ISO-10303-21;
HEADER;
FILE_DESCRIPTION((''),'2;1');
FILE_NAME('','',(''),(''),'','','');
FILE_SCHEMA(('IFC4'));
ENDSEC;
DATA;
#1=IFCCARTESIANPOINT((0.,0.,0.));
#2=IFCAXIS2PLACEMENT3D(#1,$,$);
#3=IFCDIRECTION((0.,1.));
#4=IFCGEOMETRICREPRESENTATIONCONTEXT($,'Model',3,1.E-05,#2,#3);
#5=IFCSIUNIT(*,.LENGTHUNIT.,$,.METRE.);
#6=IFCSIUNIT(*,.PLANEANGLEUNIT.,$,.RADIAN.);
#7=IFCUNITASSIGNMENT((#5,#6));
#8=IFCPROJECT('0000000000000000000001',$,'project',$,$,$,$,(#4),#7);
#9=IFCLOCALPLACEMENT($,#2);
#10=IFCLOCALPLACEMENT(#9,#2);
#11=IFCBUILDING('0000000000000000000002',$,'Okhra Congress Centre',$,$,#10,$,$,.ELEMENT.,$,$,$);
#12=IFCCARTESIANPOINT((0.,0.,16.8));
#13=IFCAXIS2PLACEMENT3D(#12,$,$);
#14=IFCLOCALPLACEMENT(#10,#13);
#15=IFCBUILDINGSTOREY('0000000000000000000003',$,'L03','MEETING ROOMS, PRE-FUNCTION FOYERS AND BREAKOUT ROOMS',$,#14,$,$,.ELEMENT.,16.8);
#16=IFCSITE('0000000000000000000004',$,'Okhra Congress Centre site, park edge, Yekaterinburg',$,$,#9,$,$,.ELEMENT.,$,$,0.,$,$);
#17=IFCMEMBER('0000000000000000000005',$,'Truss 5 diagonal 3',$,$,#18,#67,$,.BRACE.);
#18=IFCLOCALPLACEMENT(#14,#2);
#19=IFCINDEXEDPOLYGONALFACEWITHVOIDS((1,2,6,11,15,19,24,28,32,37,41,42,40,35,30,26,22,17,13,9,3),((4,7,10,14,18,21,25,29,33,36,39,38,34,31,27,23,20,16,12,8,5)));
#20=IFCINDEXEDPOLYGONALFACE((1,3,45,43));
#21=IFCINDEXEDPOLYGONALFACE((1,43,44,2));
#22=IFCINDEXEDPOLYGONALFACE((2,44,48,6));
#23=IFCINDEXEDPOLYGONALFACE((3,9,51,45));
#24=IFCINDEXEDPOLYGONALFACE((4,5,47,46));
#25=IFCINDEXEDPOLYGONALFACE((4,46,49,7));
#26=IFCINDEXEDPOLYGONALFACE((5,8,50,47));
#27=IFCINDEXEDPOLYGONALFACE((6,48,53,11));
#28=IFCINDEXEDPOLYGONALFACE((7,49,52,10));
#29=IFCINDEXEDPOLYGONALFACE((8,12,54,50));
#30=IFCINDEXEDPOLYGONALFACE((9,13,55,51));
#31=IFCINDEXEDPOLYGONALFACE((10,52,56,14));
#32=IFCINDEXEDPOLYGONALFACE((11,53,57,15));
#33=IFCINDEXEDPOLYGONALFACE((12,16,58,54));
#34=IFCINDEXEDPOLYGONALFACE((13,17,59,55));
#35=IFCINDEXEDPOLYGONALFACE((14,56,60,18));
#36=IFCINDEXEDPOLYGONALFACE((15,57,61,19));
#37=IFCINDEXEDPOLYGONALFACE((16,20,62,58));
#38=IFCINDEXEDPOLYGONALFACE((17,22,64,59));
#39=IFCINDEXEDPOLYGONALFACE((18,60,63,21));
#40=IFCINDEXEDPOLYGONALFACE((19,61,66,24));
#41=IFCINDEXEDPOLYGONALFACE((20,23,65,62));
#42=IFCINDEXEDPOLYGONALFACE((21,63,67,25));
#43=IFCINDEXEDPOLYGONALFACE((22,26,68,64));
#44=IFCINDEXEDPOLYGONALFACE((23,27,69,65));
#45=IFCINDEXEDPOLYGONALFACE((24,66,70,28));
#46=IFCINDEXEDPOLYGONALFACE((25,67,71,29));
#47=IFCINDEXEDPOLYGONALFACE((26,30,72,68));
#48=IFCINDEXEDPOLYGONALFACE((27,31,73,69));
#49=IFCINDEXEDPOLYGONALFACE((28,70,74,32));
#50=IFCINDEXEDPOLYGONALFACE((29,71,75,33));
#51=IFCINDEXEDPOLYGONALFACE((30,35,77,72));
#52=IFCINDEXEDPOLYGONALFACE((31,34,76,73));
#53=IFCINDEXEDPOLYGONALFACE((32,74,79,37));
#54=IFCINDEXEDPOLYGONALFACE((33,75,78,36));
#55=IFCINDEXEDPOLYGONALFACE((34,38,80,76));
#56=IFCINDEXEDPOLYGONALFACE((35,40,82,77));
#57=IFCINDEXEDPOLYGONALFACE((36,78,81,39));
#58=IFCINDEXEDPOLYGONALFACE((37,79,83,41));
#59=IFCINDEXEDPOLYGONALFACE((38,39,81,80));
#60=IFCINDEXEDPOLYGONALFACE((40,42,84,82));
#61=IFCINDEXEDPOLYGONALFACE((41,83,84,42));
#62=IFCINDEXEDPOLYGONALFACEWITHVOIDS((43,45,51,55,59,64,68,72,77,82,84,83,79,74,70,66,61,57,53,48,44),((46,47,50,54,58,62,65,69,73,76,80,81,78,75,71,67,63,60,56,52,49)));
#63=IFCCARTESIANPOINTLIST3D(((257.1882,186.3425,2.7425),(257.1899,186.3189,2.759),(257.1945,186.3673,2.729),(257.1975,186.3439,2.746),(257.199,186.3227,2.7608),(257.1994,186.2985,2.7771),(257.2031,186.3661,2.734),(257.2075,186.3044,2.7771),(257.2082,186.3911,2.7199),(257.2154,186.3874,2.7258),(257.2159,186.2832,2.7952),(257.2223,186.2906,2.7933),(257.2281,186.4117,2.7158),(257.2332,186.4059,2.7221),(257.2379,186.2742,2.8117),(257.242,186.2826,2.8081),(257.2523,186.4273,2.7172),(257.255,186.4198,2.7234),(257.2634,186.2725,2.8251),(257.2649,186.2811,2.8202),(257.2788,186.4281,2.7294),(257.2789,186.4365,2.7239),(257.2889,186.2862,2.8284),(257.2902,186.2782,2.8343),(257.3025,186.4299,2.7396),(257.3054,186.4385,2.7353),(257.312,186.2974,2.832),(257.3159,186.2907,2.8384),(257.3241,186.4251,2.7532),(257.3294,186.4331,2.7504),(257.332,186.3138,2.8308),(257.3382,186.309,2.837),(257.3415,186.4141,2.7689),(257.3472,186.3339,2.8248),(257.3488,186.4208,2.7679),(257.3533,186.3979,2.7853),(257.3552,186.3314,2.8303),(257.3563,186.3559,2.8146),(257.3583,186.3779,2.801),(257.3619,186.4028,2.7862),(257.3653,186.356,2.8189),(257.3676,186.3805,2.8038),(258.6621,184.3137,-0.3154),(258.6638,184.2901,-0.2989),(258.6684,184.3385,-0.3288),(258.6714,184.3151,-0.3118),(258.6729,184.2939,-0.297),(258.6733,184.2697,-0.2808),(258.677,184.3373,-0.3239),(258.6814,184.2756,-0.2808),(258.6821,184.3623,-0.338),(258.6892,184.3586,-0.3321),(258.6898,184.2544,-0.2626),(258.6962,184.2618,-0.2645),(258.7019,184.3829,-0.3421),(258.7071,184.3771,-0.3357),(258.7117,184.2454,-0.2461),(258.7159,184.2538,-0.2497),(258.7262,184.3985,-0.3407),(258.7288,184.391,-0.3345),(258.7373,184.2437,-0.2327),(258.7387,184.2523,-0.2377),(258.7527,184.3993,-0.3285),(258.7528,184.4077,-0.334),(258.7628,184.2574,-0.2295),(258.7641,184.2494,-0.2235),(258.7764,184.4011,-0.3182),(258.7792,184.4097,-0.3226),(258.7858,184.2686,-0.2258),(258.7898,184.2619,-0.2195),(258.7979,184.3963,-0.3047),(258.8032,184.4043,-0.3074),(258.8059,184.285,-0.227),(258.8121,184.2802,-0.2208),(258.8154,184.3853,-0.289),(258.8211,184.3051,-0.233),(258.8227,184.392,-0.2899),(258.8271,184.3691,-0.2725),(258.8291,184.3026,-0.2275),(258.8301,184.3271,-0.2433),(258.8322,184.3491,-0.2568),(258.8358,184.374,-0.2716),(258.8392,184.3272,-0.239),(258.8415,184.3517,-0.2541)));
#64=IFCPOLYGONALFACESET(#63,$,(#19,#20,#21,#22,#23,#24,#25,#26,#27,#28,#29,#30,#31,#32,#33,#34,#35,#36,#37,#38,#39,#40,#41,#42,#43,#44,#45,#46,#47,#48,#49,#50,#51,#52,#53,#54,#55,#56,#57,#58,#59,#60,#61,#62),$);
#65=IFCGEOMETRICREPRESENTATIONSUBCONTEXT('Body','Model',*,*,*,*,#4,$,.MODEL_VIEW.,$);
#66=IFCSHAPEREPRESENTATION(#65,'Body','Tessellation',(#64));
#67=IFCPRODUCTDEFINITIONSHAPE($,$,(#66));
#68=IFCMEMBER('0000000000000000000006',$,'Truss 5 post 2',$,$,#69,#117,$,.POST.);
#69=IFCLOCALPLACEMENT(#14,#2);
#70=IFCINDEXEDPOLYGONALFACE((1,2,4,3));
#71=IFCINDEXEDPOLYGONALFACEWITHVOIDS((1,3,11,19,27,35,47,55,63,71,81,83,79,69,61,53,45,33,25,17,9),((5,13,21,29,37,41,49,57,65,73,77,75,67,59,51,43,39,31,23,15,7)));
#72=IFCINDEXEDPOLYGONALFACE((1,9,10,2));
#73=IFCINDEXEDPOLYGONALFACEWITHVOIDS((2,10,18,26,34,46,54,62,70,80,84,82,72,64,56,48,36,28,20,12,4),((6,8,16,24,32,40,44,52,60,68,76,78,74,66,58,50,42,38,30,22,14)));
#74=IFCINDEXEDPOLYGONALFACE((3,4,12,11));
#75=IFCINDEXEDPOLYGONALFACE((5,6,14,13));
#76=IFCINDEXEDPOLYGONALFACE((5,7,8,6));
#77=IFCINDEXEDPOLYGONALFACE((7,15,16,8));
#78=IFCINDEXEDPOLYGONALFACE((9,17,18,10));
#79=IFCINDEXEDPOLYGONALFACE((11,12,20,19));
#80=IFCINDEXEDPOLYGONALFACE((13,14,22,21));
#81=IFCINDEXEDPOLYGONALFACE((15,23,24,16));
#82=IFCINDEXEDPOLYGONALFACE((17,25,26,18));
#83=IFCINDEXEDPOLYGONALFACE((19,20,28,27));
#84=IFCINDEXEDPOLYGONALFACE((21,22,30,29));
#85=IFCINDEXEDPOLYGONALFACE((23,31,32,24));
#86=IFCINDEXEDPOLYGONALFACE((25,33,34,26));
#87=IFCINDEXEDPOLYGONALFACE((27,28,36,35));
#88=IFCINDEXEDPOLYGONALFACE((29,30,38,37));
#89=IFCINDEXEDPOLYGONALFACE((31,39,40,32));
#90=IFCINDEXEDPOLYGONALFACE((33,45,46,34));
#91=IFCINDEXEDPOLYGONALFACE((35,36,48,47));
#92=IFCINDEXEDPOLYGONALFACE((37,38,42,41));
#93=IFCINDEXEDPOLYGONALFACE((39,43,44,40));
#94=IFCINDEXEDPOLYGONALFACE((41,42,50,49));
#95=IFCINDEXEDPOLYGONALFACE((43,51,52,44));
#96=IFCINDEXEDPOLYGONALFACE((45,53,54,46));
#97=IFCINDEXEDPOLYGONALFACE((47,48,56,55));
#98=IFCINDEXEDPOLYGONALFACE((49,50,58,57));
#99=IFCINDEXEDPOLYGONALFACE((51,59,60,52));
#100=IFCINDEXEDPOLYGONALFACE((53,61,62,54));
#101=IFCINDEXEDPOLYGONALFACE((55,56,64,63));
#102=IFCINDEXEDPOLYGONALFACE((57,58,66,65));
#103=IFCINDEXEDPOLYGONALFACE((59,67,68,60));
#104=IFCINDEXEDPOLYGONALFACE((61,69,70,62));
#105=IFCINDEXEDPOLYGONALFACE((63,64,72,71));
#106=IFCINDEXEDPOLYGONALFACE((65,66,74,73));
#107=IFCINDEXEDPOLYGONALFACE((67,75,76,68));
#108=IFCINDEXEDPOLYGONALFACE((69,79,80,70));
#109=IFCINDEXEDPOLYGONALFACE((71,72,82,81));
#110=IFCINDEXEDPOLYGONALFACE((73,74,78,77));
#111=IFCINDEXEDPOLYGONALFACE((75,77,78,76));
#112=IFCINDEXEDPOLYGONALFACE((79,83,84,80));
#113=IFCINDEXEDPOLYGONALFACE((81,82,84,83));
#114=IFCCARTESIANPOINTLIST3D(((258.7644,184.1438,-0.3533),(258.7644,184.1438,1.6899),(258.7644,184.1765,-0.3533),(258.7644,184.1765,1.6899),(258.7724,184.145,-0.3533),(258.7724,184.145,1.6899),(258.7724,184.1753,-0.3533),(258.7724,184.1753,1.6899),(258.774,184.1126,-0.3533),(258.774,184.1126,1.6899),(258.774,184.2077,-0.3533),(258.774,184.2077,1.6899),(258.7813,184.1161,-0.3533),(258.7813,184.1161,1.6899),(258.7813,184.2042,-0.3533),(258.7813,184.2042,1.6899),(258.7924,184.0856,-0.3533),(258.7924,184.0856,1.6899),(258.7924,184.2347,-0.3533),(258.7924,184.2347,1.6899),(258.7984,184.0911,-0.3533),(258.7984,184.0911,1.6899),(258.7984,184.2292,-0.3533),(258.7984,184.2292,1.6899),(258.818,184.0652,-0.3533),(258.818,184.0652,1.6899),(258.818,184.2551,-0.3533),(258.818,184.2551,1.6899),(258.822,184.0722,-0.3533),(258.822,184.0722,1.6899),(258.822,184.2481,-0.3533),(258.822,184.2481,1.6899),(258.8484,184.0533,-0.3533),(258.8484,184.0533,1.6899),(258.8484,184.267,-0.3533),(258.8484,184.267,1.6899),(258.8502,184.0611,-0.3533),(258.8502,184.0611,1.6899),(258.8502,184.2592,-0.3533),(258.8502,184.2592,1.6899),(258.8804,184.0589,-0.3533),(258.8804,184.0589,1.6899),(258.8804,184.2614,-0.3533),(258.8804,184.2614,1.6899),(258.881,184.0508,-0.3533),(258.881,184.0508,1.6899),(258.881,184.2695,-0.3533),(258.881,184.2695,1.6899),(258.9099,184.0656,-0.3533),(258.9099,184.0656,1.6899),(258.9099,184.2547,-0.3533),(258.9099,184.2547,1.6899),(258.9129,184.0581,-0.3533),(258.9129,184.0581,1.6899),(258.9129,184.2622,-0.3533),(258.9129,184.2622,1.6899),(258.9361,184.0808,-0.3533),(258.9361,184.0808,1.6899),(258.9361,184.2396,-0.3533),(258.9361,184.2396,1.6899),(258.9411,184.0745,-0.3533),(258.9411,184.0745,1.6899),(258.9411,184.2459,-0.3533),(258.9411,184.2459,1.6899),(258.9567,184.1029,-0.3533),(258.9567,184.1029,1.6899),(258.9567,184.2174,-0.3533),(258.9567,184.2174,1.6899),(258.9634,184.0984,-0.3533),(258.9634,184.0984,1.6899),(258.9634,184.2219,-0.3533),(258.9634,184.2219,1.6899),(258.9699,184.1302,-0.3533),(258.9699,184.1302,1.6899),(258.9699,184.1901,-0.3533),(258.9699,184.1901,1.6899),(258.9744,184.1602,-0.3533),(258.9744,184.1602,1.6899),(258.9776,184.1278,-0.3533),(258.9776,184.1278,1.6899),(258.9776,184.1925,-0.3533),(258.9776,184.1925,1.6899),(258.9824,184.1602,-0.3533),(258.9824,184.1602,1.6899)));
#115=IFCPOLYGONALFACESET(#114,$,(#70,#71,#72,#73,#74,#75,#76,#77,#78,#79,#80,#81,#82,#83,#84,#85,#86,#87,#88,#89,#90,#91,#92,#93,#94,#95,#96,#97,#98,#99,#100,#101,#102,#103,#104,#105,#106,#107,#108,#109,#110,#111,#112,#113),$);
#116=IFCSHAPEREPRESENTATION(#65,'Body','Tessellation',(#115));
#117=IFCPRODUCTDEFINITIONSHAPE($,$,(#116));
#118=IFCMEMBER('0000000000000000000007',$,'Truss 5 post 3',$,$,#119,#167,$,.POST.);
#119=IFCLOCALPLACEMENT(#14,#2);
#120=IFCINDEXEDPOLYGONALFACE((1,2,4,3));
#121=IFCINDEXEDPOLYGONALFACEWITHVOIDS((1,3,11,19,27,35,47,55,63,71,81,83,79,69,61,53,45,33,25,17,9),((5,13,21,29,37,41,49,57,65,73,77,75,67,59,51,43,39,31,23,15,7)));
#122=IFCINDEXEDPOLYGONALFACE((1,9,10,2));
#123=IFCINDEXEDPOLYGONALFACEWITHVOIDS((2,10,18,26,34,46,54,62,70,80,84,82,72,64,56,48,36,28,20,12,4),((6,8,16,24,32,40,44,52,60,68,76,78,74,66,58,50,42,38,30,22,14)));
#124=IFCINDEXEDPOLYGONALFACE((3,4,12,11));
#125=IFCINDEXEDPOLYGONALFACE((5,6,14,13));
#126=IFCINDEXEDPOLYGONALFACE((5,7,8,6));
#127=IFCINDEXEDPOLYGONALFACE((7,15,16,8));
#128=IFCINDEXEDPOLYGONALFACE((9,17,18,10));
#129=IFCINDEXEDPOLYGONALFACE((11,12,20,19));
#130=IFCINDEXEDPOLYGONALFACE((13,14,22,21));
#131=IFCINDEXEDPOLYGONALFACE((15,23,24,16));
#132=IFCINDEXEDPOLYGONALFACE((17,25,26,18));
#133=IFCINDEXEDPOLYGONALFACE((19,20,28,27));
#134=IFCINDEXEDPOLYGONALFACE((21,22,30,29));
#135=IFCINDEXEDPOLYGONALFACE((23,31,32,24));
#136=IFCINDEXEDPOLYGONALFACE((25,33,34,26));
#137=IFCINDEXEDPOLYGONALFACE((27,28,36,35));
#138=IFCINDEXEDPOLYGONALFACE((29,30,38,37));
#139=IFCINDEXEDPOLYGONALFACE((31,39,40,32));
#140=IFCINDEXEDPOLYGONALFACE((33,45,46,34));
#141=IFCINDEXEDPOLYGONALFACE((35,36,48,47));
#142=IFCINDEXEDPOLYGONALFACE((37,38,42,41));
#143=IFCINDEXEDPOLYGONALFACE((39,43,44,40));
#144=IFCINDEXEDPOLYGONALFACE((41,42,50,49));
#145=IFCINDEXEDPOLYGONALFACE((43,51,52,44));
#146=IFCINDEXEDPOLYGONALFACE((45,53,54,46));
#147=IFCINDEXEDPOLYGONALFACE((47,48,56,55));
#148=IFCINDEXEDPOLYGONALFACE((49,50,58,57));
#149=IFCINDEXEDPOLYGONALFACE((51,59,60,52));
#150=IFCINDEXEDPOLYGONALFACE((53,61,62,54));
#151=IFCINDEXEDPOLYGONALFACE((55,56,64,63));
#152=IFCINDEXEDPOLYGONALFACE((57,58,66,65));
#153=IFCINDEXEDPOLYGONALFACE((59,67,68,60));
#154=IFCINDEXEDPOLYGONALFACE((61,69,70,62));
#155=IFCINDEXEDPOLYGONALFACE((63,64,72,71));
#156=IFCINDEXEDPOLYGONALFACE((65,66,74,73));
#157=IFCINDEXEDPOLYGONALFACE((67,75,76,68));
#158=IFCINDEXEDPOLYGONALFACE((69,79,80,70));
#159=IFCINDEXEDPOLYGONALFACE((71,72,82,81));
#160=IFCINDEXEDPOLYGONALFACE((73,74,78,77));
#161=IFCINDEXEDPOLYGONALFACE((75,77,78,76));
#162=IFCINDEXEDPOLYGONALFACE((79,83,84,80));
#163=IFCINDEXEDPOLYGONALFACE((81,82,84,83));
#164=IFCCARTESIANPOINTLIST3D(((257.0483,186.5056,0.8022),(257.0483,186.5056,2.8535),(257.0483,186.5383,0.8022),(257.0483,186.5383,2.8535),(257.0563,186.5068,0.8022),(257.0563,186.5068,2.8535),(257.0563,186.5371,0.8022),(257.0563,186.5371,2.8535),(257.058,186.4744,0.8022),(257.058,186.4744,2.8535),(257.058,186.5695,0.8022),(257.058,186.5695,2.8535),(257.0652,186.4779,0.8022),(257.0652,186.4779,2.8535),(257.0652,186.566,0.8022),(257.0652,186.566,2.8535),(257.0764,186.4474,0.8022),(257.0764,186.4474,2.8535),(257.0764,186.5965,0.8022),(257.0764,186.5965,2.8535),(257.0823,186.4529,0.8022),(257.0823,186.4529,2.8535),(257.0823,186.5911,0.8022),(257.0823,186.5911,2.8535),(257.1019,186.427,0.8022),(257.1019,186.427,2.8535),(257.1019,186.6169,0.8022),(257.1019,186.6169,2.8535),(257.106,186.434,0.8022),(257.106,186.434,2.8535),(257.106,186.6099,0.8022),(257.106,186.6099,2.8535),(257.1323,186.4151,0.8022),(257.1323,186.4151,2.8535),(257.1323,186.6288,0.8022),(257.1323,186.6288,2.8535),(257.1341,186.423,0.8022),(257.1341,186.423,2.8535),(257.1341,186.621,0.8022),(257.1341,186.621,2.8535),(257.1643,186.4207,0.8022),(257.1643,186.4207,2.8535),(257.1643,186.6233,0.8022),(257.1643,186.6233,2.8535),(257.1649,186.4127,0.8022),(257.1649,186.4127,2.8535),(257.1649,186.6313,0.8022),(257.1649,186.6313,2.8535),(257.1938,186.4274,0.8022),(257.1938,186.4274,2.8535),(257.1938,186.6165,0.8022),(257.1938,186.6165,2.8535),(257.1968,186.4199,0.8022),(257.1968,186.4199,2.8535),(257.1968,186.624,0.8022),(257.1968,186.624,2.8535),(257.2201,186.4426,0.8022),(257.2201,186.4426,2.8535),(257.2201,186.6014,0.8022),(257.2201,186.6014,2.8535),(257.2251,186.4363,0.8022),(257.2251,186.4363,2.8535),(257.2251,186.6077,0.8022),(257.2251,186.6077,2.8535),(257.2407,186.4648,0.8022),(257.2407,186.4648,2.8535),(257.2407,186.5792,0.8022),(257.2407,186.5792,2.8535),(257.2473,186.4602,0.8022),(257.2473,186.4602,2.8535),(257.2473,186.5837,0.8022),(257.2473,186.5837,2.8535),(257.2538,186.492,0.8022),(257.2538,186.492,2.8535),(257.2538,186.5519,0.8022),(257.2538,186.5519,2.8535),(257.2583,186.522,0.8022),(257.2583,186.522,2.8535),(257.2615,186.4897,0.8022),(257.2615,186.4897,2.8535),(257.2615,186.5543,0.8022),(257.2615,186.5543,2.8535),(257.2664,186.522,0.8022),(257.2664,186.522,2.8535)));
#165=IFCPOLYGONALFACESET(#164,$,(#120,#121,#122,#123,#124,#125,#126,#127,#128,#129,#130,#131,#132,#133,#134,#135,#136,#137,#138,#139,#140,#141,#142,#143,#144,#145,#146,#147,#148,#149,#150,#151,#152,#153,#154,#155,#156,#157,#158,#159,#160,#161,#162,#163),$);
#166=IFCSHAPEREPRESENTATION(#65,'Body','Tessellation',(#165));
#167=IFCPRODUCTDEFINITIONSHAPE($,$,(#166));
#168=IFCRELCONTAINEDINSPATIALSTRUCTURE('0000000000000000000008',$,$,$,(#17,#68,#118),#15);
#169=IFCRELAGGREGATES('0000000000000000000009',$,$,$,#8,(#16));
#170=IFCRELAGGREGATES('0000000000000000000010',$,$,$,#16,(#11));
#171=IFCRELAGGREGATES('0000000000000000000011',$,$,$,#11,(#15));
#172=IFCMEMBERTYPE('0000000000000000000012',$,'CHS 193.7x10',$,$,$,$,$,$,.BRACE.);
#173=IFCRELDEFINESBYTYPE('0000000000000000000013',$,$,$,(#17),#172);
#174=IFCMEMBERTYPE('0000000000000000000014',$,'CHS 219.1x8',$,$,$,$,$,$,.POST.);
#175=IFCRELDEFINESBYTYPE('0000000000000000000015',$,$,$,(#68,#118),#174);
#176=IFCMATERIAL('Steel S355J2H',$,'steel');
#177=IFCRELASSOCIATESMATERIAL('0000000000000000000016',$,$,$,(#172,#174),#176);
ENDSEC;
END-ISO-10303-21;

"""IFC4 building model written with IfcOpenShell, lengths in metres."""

from ifc_helpers import new_model, si_unit, direction, frame, origin, origin_2d, place, context, subcontext, project, spatial, hollow_circle, extrude, material, material_profile, profile_set, type_object, element, save


model = new_model("IFC4")

# Units and contexts
model_context = context("Model", 3, precision=1e-05, world=origin(), true_north=direction((0.0, 1.0)))
body_context = subcontext(model_context, "Body", "Model", "MODEL_VIEW")
ifc_project = project(units=[si_unit("LENGTHUNIT", "METRE"), si_unit("PLANEANGLEUNIT", "RADIAN")], contexts=[model_context])

# Site, building, storey
site_placement = place(None, origin())
site = spatial("IfcSite", under=ifc_project, at=site_placement, Name="Okhra Congress Centre site, park edge, Yekaterinburg", CompositionType="ELEMENT", RefElevation=0.0)
building_placement = place(site_placement, origin())
building = spatial("IfcBuilding", under=site, at=building_placement, Name="Okhra Congress Centre", CompositionType="ELEMENT")
storey_placement = place(building_placement, frame((0.0, 0.0, 16.8)))
storey = spatial("IfcBuildingStorey", under=building, at=storey_placement, Name="L03", Description="MEETING ROOMS, PRE-FUNCTION FOYERS AND BREAKOUT ROOMS", CompositionType="ELEMENT", Elevation=16.8)

# Members
ifc_material_1 = material(Name="Steel S355J2H", Category="steel")
ifc_material_profile_1 = material_profile(ifc_material_1, hollow_circle(Radius=0.0969, WallThickness=0.01, at=origin_2d()), Name="CHS 193.7x10")
ifc_profile_set_1 = profile_set([ifc_material_profile_1], Name="Steel S355J2H")
member_type_1 = type_object("IfcMemberType", Name="CHS 193.7x10", PredefinedType="BRACE", material=ifc_profile_set_1)
member_1_placement = place(storey_placement, frame((258.7517, 184.3267, -0.2808), z_axis=(-0.372699, 0.513024, 0.773241), x_axis=(-0.809043, -0.587749, 0.0)))
element("IfcMember", 1, at=member_1_placement, inside=storey, type_object=member_type_1, Name="Truss 5 diagonal 3", PredefinedType="BRACE", context=body_context, shape_type="SweptSolid", body=[
    extrude(hollow_circle(Radius=0.0969, WallThickness=0.01, at=origin_2d()), origin(), (0.0, 0.0, 1.0), 3.9546),
])
ifc_material_profile_2 = material_profile(ifc_material_1, hollow_circle(Radius=0.1096, WallThickness=0.0081, at=origin_2d()), Name="CHS 219.1x8")
ifc_profile_set_2 = profile_set([ifc_material_profile_2], Name="Steel S355J2H")
member_type_2 = type_object("IfcMemberType", Name="CHS 219.1x8", PredefinedType="POST", material=ifc_profile_set_2)
member_2_placement = place(storey_placement, frame((258.8728, 184.1602, -0.3533), z_axis=(0.0, 0.0, 1.0), x_axis=(1.0, 0.0, 0.0)))
element("IfcMember", 2, at=member_2_placement, inside=storey, type_object=member_type_2, Name="Truss 5 post 2", PredefinedType="POST", context=body_context, shape_type="SweptSolid", body=[
    extrude(hollow_circle(Radius=0.1096, WallThickness=0.0081, at=origin_2d()), origin(), (0.0, 0.0, 1.0), 2.0432),
])
member_3_placement = place(storey_placement, frame((257.1567, 186.522, 0.8022), z_axis=(0.0, 0.0, 1.0), x_axis=(1.0, 0.0, 0.0)))
element("IfcMember", 3, at=member_3_placement, inside=storey, type_object=member_type_2, Name="Truss 5 post 3", PredefinedType="POST", context=body_context, shape_type="SweptSolid", body=[
    extrude(hollow_circle(Radius=0.1096, WallThickness=0.0081, at=origin_2d()), origin(), (0.0, 0.0, 1.0), 2.0513),
])

save(model, "model.ifc")
